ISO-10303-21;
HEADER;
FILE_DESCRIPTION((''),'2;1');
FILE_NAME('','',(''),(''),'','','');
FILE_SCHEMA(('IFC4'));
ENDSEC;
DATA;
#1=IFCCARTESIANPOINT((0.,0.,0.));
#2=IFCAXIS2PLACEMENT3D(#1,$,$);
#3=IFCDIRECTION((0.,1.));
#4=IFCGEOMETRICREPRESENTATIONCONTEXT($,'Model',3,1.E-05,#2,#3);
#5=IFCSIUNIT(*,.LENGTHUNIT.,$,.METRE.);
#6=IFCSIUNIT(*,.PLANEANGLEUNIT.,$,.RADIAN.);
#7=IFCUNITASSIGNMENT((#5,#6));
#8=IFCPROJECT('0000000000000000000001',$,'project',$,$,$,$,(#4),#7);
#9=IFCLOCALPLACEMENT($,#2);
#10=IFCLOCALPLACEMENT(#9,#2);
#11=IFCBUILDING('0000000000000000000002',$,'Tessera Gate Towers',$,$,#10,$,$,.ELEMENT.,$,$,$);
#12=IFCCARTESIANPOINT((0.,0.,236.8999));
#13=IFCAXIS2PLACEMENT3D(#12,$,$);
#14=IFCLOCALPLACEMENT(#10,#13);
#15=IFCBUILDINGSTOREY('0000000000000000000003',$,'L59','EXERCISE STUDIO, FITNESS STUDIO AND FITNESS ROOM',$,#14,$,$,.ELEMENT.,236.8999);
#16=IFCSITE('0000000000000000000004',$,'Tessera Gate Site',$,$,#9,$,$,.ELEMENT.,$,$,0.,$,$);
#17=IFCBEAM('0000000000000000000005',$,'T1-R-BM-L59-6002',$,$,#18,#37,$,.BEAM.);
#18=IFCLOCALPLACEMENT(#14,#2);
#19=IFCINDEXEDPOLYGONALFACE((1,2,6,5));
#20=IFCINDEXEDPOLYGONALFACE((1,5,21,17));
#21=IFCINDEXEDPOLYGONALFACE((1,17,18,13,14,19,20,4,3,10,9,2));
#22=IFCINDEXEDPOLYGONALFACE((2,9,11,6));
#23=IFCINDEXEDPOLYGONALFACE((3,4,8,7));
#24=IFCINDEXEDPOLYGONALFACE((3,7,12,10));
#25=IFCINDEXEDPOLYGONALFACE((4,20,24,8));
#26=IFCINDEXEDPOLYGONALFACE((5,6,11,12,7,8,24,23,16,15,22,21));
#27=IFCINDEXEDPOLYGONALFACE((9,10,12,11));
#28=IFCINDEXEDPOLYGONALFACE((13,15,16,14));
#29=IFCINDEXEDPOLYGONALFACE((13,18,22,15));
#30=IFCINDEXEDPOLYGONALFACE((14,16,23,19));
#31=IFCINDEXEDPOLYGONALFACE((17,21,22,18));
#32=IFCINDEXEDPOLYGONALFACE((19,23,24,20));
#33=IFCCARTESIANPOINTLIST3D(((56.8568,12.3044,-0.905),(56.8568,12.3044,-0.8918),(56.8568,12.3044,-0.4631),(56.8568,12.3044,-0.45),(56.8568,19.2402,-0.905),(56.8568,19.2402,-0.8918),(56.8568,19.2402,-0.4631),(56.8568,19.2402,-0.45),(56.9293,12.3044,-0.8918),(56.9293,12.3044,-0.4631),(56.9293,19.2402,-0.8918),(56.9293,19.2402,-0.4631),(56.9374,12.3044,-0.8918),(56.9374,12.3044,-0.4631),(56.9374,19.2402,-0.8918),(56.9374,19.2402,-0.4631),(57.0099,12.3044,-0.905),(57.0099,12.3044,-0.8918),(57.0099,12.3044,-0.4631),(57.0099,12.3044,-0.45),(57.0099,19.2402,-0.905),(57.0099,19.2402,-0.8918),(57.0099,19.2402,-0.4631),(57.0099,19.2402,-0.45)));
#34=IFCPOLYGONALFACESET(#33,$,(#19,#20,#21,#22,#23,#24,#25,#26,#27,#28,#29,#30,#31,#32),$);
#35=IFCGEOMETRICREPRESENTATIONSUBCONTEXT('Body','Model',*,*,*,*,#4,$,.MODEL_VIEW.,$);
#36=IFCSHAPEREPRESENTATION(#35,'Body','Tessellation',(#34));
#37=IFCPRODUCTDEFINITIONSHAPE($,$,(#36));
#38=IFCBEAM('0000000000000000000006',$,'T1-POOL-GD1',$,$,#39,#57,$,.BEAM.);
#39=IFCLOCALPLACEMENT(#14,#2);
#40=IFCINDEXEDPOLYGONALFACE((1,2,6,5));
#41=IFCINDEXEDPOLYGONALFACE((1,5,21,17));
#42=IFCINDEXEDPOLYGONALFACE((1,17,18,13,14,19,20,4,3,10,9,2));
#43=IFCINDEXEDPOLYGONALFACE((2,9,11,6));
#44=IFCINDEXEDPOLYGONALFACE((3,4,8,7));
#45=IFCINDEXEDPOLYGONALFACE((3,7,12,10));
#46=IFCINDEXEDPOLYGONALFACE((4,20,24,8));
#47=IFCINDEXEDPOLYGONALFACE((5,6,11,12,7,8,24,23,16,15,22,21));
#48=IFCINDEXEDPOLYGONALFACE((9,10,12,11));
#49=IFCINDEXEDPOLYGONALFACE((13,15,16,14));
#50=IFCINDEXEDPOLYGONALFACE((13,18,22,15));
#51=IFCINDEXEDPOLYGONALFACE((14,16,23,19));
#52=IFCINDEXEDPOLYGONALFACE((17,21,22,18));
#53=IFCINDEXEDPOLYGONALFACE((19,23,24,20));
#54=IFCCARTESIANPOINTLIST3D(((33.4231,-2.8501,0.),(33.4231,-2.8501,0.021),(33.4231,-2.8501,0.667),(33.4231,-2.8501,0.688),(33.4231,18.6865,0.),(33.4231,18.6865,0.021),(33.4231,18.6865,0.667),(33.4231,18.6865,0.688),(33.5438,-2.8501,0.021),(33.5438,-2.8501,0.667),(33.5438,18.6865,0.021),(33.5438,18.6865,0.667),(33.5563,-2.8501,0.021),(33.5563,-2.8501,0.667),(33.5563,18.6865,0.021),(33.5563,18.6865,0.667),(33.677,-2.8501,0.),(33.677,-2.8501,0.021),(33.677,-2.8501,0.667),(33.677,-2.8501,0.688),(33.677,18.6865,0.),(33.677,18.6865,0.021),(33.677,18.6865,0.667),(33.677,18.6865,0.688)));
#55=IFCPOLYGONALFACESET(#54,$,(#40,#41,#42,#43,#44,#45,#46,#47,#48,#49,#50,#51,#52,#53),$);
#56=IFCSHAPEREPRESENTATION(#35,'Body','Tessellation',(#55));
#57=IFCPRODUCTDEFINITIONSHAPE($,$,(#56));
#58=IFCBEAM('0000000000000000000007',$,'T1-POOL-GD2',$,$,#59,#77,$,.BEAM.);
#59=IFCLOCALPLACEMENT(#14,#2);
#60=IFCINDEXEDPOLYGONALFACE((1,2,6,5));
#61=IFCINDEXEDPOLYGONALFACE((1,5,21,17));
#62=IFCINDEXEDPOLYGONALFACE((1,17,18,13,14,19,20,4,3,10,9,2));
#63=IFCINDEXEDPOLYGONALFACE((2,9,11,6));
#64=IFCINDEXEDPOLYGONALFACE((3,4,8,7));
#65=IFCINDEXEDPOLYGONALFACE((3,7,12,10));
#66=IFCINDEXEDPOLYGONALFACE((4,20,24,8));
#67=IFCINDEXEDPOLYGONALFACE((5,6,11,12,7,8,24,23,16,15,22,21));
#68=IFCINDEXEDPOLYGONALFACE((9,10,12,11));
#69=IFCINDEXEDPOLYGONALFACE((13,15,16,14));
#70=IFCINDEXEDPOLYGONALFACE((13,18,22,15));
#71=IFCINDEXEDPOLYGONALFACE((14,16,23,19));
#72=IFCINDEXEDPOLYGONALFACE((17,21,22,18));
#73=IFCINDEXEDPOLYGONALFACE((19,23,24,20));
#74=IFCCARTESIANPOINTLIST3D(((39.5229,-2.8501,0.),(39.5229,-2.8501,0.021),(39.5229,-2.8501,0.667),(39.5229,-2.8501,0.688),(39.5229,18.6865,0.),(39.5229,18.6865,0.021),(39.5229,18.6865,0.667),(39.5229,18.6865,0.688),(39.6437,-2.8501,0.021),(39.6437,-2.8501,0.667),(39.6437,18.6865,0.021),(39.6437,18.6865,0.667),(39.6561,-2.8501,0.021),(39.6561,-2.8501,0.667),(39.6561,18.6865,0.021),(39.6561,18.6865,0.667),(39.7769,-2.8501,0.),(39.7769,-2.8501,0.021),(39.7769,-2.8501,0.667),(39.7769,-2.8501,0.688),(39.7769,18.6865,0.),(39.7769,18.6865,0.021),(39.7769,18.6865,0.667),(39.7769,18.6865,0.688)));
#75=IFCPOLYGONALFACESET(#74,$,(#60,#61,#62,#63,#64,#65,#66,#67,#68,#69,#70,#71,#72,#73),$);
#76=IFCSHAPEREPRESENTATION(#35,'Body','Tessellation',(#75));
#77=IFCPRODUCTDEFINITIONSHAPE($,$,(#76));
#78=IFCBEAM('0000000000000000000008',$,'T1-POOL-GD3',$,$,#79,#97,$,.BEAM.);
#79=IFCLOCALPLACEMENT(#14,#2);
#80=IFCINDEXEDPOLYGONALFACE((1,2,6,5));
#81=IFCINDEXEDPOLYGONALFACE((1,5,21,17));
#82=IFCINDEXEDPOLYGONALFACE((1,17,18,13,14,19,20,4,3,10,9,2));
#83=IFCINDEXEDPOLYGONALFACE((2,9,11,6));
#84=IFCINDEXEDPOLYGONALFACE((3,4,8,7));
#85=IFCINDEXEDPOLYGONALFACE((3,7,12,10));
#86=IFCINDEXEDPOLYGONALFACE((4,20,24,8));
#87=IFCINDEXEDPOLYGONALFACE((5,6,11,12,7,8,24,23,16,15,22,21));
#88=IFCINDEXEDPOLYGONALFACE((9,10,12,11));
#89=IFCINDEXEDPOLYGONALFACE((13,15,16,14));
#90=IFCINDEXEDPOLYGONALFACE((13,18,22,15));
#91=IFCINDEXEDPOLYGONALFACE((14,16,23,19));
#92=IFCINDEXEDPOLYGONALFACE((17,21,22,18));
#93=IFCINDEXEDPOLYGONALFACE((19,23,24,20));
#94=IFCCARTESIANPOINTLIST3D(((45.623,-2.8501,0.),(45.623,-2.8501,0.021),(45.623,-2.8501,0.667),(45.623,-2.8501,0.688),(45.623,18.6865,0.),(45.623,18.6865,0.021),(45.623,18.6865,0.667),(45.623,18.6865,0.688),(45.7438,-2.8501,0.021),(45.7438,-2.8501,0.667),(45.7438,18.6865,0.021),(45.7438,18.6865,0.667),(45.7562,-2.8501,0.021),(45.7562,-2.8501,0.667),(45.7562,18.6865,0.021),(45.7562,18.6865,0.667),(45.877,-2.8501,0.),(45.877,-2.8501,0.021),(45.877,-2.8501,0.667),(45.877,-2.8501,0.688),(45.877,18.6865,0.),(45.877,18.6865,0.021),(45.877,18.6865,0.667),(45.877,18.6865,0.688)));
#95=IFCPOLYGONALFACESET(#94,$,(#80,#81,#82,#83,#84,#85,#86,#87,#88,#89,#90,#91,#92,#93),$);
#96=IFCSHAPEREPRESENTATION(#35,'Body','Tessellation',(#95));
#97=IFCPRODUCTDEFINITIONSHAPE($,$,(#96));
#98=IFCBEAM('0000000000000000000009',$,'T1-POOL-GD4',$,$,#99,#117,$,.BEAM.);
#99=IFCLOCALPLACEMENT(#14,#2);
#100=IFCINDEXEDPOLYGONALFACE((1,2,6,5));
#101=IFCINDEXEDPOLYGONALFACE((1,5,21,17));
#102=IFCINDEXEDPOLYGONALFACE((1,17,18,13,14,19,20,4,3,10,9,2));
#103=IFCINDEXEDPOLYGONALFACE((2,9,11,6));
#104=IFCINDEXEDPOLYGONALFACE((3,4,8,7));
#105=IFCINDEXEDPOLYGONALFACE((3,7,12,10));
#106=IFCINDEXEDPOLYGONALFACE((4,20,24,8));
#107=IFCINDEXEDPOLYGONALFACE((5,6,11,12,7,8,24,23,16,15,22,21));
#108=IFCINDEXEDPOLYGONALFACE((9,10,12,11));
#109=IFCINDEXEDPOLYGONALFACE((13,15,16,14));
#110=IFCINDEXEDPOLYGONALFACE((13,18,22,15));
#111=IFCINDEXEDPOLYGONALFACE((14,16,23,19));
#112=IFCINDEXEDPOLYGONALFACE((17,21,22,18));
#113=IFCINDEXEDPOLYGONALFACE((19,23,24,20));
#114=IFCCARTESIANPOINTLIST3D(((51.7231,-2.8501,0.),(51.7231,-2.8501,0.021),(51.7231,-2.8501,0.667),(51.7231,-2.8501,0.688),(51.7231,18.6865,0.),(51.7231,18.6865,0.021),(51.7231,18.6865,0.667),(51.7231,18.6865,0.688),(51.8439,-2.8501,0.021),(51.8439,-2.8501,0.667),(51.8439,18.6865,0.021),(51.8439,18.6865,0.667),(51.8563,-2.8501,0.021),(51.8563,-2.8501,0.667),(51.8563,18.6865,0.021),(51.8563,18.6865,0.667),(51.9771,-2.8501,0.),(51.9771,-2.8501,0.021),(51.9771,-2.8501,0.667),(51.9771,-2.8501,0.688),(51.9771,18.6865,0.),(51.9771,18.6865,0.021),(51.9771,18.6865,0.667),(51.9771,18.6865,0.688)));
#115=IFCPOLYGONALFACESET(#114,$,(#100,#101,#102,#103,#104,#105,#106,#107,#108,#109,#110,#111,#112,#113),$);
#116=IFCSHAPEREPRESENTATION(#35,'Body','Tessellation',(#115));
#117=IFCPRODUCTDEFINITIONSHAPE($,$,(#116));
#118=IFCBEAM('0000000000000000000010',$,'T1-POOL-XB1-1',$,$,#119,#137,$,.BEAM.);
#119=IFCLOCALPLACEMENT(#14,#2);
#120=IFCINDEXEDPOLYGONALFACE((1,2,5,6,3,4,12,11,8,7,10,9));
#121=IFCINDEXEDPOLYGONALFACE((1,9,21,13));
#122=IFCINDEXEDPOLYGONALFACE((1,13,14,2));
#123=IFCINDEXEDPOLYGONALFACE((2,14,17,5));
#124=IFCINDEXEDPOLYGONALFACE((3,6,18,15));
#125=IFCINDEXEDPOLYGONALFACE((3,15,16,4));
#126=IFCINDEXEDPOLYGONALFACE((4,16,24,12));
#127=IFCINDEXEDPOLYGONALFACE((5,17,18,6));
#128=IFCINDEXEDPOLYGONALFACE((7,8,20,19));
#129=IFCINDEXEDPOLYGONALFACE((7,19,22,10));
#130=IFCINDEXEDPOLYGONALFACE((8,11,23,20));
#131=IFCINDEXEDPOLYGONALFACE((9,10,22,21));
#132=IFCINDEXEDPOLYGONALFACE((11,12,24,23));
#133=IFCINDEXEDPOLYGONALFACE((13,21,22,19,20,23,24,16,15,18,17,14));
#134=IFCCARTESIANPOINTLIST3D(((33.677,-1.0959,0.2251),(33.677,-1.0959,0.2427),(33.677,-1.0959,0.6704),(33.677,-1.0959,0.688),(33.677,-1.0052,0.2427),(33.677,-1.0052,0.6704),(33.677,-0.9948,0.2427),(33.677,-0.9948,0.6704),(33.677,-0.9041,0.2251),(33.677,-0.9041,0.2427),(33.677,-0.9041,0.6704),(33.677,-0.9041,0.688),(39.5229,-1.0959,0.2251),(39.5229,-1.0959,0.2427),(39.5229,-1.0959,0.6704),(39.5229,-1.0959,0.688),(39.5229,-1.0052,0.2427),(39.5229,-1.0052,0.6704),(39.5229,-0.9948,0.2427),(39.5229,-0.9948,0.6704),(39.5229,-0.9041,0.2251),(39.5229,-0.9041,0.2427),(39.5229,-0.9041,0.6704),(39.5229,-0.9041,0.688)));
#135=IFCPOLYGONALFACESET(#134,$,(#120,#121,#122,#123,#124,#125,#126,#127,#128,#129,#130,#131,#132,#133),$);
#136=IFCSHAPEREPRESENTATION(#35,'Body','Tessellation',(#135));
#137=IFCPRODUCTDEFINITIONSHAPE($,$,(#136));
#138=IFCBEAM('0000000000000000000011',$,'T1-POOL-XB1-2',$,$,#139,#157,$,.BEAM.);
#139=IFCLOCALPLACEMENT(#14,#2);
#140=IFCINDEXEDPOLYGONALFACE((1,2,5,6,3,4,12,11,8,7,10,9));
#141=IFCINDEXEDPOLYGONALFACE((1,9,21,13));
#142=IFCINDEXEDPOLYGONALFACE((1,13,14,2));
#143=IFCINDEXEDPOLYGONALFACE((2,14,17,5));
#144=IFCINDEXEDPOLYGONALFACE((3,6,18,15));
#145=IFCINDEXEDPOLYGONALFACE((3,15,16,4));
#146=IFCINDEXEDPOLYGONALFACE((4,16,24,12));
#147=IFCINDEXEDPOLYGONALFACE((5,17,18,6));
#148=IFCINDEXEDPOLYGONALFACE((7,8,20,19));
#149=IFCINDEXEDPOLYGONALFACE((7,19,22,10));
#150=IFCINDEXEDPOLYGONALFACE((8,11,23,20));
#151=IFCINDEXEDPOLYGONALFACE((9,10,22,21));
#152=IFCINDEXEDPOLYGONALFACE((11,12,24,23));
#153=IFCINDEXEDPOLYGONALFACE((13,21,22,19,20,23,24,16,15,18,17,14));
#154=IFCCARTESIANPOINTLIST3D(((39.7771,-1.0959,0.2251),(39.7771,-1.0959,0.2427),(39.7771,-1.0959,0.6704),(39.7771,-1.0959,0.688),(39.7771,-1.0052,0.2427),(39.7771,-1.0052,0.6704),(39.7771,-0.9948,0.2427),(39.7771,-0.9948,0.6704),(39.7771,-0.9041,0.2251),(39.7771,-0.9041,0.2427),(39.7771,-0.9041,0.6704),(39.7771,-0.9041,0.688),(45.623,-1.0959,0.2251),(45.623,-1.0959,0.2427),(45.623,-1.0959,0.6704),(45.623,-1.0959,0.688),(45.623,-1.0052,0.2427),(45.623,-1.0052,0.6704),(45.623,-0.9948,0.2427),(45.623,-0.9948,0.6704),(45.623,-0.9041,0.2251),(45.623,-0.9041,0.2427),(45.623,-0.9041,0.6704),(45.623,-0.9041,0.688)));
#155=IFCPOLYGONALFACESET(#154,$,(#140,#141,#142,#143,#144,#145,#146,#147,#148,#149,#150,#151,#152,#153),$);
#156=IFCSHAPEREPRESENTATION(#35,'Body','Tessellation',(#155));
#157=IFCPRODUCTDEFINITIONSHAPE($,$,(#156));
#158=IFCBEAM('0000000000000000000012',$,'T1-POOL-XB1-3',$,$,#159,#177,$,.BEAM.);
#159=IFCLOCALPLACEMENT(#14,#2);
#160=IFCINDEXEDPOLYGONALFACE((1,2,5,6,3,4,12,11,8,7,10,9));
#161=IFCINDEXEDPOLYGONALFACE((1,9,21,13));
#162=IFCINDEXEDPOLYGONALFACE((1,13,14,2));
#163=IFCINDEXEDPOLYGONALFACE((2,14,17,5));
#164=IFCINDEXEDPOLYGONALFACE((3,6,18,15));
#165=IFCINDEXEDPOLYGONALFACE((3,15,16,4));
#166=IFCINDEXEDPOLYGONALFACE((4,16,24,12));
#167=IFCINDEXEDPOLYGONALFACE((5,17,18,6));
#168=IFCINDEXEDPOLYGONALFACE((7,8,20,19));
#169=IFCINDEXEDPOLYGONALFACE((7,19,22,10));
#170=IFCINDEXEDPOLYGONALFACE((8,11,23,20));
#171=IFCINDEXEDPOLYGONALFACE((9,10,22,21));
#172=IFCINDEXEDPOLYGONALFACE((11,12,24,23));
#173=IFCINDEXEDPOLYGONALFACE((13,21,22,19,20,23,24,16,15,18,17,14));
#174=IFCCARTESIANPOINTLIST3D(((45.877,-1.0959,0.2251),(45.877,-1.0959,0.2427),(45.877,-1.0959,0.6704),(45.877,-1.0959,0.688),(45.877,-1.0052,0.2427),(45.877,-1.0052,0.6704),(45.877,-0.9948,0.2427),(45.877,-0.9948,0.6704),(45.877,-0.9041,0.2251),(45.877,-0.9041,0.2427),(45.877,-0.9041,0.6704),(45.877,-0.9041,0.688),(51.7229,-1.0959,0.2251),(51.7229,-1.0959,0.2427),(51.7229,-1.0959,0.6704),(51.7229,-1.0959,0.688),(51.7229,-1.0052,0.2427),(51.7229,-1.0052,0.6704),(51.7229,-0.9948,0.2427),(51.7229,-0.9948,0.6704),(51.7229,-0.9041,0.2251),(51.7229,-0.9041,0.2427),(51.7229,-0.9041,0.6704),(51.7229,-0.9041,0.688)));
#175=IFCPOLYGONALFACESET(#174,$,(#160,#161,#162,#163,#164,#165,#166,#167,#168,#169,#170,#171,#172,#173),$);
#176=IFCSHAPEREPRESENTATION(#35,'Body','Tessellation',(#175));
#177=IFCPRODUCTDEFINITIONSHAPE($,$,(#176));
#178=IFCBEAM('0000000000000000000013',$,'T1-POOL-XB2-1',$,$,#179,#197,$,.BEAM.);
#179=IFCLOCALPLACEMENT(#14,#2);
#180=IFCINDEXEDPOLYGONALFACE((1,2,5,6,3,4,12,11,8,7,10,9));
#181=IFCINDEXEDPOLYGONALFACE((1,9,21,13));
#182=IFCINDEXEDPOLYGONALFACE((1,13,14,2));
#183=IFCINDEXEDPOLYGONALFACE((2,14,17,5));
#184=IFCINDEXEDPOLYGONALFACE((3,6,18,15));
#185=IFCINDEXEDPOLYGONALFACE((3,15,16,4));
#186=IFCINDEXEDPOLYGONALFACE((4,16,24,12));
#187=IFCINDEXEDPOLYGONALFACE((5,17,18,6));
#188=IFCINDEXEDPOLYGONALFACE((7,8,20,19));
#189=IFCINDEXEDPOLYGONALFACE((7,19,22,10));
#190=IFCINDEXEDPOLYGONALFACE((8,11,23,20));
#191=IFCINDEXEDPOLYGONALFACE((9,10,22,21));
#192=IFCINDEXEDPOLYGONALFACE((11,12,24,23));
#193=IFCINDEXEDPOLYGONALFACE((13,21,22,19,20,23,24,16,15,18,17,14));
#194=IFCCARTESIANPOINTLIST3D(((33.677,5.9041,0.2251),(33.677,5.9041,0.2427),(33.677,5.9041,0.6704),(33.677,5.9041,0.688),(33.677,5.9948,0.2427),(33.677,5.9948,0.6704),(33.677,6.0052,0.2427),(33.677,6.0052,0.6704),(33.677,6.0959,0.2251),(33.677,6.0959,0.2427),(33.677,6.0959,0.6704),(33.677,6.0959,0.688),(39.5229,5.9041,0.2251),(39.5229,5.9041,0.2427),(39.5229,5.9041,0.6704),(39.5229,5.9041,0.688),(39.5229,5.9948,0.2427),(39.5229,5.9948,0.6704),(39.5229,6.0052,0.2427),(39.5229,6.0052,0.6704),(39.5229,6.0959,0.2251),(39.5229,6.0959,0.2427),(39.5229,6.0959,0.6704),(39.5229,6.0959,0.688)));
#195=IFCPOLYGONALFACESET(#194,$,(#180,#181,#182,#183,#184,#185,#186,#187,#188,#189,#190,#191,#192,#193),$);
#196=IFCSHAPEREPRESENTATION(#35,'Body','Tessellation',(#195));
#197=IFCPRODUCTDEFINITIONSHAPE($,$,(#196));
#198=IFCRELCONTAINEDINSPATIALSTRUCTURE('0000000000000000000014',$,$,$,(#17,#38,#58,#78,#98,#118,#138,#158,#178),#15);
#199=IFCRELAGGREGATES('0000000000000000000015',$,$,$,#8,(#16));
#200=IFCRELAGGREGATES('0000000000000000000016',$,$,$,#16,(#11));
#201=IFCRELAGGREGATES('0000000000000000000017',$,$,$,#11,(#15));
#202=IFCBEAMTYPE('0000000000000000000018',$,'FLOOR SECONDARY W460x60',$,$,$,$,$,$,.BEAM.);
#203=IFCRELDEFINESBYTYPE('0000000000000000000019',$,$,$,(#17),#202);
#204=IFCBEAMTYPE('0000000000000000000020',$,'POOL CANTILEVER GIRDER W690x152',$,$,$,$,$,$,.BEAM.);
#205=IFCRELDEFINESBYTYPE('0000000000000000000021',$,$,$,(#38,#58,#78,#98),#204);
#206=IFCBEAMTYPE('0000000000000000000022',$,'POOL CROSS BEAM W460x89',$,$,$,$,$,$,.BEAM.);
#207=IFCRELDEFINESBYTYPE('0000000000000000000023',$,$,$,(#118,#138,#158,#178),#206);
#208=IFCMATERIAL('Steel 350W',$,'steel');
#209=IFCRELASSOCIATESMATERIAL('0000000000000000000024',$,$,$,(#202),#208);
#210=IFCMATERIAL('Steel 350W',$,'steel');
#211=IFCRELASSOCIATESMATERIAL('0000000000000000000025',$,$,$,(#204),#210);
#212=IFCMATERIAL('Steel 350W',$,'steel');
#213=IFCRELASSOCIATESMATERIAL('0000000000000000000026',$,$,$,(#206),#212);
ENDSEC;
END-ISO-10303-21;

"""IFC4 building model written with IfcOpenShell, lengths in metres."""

from ifc_helpers import new_model, si_unit, direction, frame, origin, origin_2d, place, context, subcontext, project, spatial, i_section, extrude, material, material_profile, profile_set, type_object, element, save


model = new_model("IFC4")

# Units and contexts
model_context = context("Model", 3, precision=1e-05, world=origin(), true_north=direction((0.0, 1.0)))
body_context = subcontext(model_context, "Body", "Model", "MODEL_VIEW")
ifc_project = project(units=[si_unit("LENGTHUNIT", "METRE"), si_unit("PLANEANGLEUNIT", "RADIAN")], contexts=[model_context])

# Site, building, storey
site_placement = place(None, origin())
site = spatial("IfcSite", under=ifc_project, at=site_placement, Name="Tessera Gate Site", CompositionType="ELEMENT", RefElevation=0.0)
building_placement = place(site_placement, origin())
building = spatial("IfcBuilding", under=site, at=building_placement, Name="Tessera Gate Towers", CompositionType="ELEMENT")
storey_placement = place(building_placement, frame((0.0, 0.0, 236.8999)))
storey = spatial("IfcBuildingStorey", under=building, at=storey_placement, Name="L59", Description="EXERCISE STUDIO, FITNESS STUDIO AND FITNESS ROOM", CompositionType="ELEMENT", Elevation=236.8999)

# Beams
ifc_material_1 = material(Name="Steel 350W", Category="steel")
ifc_material_profile_1 = material_profile(ifc_material_1, i_section(OverallWidth=0.1531, OverallDepth=0.4551, WebThickness=0.0081, FlangeThickness=0.0132, at=origin_2d()), Name="W460x60")
ifc_profile_set_1 = profile_set([ifc_material_profile_1], Name="Steel 350W")
beam_type_1 = type_object("IfcBeamType", Name="FLOOR SECONDARY W460x60", PredefinedType="BEAM", material=ifc_profile_set_1)
beam_1_placement = place(storey_placement, frame((56.9333, 12.3044, -0.6775), z_axis=(0.0, 1.0, 0.0), x_axis=(-1.0, 0.0, 0.0)))
element("IfcBeam", 1, at=beam_1_placement, inside=storey, type_object=beam_type_1, Name="T1-R-BM-L59-6002", PredefinedType="BEAM", context=body_context, shape_type="SweptSolid", body=[
    extrude(i_section(OverallWidth=0.1531, OverallDepth=0.4551, WebThickness=0.0081, FlangeThickness=0.0132, at=origin_2d()), origin(), (0.0, 0.0, 1.0), 6.9358),
])
ifc_material_2 = material(Name="Steel 350W", Category="steel")
ifc_material_profile_2 = material_profile(ifc_material_2, i_section(OverallWidth=0.2539, OverallDepth=0.688, WebThickness=0.0125, FlangeThickness=0.021, at=origin_2d()), Name="W690x152")
ifc_profile_set_2 = profile_set([ifc_material_profile_2], Name="Steel 350W")
beam_type_2 = type_object("IfcBeamType", Name="POOL CANTILEVER GIRDER W690x152", PredefinedType="BEAM", material=ifc_profile_set_2)
for number, where, z_axis, x_axis, name in (
    (2, (33.55, -2.8501, 0.344), (0.0, 1.0, 0.0), (-1.0, 0.0, 0.0), "T1-POOL-GD1"),
    (3, (39.6499, -2.8501, 0.344), (0.0, 1.0, 0.0), (-1.0, 0.0, 0.0), "T1-POOL-GD2"),
    (4, (45.75, -2.8501, 0.344), (0.0, 1.0, 0.0), (-1.0, 0.0, 0.0), "T1-POOL-GD3"),
    (5, (51.8501, -2.8501, 0.344), (0.0, 1.0, 0.0), (-1.0, 0.0, 0.0), "T1-POOL-GD4"),
):
    element("IfcBeam", number, at=place(storey_placement, frame(where, z_axis=z_axis, x_axis=x_axis)), inside=storey, type_object=beam_type_2, Name=name, PredefinedType="BEAM", context=body_context, shape_type="SweptSolid", body=[
        extrude(i_section(OverallWidth=0.2539, OverallDepth=0.688, WebThickness=0.0125, FlangeThickness=0.021, at=origin_2d()), origin(), (0.0, 0.0, 1.0), 21.5366),
    ])
ifc_material_3 = material(Name="Steel 350W", Category="steel")
ifc_material_profile_3 = material_profile(ifc_material_3, i_section(OverallWidth=0.1919, OverallDepth=0.4629, WebThickness=0.0105, FlangeThickness=0.0176, at=origin_2d()), Name="W460x89")
ifc_profile_set_3 = profile_set([ifc_material_profile_3], Name="Steel 350W")
beam_type_3 = type_object("IfcBeamType", Name="POOL CROSS BEAM W460x89", PredefinedType="BEAM", material=ifc_profile_set_3)
for number, where, z_axis, x_axis, name in (
    (6, (33.677, -1.0, 0.4565), (1.0, 0.0, 0.0), (0.0, 1.0, 0.0), "T1-POOL-XB1-1"),
    (7, (39.7771, -1.0, 0.4565), (1.0, 0.0, 0.0), (0.0, 1.0, 0.0), "T1-POOL-XB1-2"),
    (8, (45.877, -1.0, 0.4565), (1.0, 0.0, 0.0), (0.0, 1.0, 0.0), "T1-POOL-XB1-3"),
    (9, (33.677, 6.0, 0.4565), (1.0, 0.0, 0.0), (0.0, 1.0, 0.0), "T1-POOL-XB2-1"),
):
    element("IfcBeam", number, at=place(storey_placement, frame(where, z_axis=z_axis, x_axis=x_axis)), inside=storey, type_object=beam_type_3, Name=name, PredefinedType="BEAM", context=body_context, shape_type="SweptSolid", body=[
        extrude(i_section(OverallWidth=0.1919, OverallDepth=0.4629, WebThickness=0.0105, FlangeThickness=0.0176, at=origin_2d()), origin(), (0.0, 0.0, 1.0), 5.8459),
    ])

save(model, "model.ifc")
